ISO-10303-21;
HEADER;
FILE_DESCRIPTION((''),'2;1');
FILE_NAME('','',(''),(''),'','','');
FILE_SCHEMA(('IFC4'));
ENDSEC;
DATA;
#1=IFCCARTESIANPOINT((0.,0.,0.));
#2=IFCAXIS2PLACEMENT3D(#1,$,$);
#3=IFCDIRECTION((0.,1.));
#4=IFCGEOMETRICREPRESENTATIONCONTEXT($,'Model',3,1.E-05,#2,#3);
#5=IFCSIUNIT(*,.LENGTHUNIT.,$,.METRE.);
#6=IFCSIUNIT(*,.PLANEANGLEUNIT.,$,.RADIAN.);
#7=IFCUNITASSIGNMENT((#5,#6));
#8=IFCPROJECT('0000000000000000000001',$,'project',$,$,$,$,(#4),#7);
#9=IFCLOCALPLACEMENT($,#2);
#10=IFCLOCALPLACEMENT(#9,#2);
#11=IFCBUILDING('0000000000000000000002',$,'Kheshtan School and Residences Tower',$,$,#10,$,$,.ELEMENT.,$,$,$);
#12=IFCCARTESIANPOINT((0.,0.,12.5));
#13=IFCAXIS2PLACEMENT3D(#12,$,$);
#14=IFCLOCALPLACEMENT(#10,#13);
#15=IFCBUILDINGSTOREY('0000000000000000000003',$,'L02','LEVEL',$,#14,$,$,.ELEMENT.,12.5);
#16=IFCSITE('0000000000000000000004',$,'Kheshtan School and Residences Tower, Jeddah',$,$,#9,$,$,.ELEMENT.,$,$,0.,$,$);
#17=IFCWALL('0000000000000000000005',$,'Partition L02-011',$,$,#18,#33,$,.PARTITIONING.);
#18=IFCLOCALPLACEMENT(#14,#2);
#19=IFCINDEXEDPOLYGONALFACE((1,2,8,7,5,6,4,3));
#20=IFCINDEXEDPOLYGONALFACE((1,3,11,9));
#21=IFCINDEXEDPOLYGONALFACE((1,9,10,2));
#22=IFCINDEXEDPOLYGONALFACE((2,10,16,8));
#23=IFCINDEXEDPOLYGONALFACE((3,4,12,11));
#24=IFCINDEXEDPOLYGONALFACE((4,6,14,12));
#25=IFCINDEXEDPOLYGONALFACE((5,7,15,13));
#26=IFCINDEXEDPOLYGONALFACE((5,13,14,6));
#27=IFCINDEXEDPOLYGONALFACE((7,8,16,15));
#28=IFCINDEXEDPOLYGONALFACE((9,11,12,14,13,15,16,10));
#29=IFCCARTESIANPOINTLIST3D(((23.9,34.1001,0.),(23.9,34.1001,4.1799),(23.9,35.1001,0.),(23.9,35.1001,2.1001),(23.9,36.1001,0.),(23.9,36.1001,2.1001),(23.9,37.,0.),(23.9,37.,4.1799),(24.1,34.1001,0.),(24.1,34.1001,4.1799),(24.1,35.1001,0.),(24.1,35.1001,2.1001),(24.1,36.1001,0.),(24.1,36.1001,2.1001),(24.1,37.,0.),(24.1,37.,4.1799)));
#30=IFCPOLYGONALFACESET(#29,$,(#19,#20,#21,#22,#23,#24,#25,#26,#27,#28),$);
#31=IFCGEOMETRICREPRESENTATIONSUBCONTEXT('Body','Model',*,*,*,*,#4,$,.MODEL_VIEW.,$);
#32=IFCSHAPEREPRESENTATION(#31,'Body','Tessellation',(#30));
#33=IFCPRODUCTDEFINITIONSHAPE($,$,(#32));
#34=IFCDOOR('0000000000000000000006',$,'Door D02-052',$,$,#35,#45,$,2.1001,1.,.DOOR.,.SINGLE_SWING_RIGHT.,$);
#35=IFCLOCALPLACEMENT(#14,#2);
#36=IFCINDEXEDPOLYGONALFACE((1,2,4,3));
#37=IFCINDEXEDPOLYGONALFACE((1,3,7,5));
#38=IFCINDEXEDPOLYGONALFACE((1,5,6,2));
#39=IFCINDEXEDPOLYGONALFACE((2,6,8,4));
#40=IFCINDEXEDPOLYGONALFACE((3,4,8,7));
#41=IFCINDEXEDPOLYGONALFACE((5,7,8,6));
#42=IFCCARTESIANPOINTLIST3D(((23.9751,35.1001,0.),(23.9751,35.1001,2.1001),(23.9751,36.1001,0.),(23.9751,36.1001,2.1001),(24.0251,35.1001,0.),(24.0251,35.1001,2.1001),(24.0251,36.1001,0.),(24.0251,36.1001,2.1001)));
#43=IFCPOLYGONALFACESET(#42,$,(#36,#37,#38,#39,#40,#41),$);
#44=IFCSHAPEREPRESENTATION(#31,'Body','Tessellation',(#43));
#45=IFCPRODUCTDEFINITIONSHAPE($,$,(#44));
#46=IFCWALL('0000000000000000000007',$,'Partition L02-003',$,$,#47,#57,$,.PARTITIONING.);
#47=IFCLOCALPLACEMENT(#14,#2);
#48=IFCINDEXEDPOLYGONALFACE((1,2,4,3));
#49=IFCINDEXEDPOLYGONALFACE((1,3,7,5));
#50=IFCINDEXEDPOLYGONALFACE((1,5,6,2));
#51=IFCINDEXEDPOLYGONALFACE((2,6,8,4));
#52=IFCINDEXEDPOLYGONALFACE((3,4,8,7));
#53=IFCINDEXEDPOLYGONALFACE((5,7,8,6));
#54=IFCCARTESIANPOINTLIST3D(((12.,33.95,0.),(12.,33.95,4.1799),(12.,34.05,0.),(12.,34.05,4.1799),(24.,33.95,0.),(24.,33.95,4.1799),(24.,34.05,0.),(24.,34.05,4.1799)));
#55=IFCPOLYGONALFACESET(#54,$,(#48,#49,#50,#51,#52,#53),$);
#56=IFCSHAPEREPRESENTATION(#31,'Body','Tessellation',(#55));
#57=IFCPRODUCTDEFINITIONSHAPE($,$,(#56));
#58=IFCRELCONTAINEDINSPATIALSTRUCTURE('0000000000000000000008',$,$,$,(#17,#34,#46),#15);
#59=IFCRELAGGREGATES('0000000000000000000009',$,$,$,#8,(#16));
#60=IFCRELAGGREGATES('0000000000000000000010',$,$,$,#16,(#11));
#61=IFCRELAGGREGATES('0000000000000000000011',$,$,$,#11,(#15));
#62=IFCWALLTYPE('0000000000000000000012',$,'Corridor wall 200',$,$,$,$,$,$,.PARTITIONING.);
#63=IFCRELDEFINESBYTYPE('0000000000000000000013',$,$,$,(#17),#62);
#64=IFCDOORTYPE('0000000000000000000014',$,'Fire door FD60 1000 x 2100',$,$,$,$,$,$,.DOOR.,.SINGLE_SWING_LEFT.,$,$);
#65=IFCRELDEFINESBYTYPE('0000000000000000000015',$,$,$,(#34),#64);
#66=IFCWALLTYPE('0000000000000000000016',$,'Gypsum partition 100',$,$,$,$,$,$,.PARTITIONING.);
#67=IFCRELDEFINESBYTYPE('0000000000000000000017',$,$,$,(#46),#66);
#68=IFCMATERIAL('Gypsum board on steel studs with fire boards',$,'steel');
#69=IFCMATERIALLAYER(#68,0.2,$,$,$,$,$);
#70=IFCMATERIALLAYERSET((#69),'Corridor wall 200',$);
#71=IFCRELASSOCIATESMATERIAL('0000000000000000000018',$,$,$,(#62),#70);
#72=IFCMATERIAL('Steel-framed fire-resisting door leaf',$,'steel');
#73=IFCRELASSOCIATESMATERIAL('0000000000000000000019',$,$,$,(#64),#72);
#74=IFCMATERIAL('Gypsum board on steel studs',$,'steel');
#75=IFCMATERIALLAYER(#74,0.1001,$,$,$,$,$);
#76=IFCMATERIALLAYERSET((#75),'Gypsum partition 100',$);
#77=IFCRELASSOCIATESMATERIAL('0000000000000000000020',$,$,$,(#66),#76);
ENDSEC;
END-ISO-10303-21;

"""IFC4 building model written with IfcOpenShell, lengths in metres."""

from ifc_helpers import new_model, si_unit, direction, frame, frame_2d, origin, place, context, subcontext, project, spatial, rectangle, extrude, source, transform, mapped, material, layer, layer_set, type_object, element, fill, save


model = new_model("IFC4")

# Units and contexts
model_context = context("Model", 3, precision=1e-05, world=origin(), true_north=direction((0.0, 1.0)))
body_context = subcontext(model_context, "Body", "Model", "MODEL_VIEW")
ifc_project = project(units=[si_unit("LENGTHUNIT", "METRE"), si_unit("PLANEANGLEUNIT", "RADIAN")], contexts=[model_context])

# Site, building, storey
site_placement = place(None, origin())
site = spatial("IfcSite", under=ifc_project, at=site_placement, Name="Kheshtan School and Residences Tower, Jeddah", CompositionType="ELEMENT", RefElevation=0.0)
building_placement = place(site_placement, origin())
building = spatial("IfcBuilding", under=site, at=building_placement, Name="Kheshtan School and Residences Tower", CompositionType="ELEMENT")
storey_placement = place(building_placement, frame((0.0, 0.0, 12.5)))
storey = spatial("IfcBuildingStorey", under=building, at=storey_placement, Name="L02", Description="LEVEL", CompositionType="ELEMENT", Elevation=12.5)

# Shared definitions
ifc_material_1 = material(Name="Gypsum board on steel studs with fire boards", Category="steel")
ifc_layer_1 = layer(ifc_material_1, 0.2)
ifc_layer_set_1 = layer_set([ifc_layer_1], Name="Corridor wall 200")
wall_type_1 = type_object("IfcWallType", Name="Corridor wall 200", PredefinedType="PARTITIONING", material=ifc_layer_set_1)

# Wall, opening, door
wall_1_placement = place(storey_placement, frame((24.0, 34.1001, 0.0), z_axis=(0.0, 0.0, 1.0), x_axis=(0.0, 1.0, 0.0)))
wall_1 = element("IfcWall", 1, at=wall_1_placement, inside=storey, type_object=wall_type_1, Name="Partition L02-011", PredefinedType="PARTITIONING", context=body_context, shape_type="SweptSolid", body=[
    extrude(rectangle(XDim=2.8999, YDim=0.2, at=frame_2d((1.45, 0.0))), origin(), (0.0, 0.0, 1.0), 4.1799),
])
opening_placement = place(wall_1_placement, frame((1.0, 0.0, 0.0)))
opening = element("IfcOpeningElement", 2, at=opening_placement, cuts=wall_1, PredefinedType="OPENING", context=body_context, shape_type="SweptSolid", body=[
    extrude(rectangle(XDim=1.0, YDim=2.1001, at=frame_2d((0.5, 1.05))), frame((0.0, 0.1099, 0.0), z_axis=(0.0, -1.0, 0.0), x_axis=(1.0, 0.0, 0.0)), (0.0, 0.0, 1.0), 0.22),
])
ifc_material_2 = material(Name="Steel-framed fire-resisting door leaf", Category="steel")
door_type = type_object("IfcDoorType", Name="Fire door FD60 1000 x 2100", OperationType="SINGLE_SWING_LEFT", PredefinedType="DOOR", material=ifc_material_2)
shared_shape = source(origin(), body_context, "Body", "SweptSolid", [
    extrude(rectangle(XDim=1.0, YDim=2.1001, at=frame_2d((0.5, 1.05))), frame((0.0, 0.0249, 0.0), z_axis=(0.0, -1.0, 0.0), x_axis=(1.0, 0.0, 0.0)), (0.0, 0.0, 1.0), 0.05),
])
door_placement = place(opening_placement, origin())
door = element("IfcDoor", 3, at=door_placement, inside=storey, type_object=door_type, Name="Door D02-052", OperationType="SINGLE_SWING_RIGHT", OverallHeight=2.1001, OverallWidth=1.0, PredefinedType="DOOR", context=body_context, shape_type="MappedRepresentation", body=[
    mapped(shared_shape, transform((0.0, 0.0, 0.0), x_axis=(1.0, 0.0, 0.0), y_axis=(0.0, 1.0, 0.0), z_axis=(0.0, 0.0, 1.0), scale=1.0)),
])
fill(opening, door)

# Wall
ifc_material_3 = material(Name="Gypsum board on steel studs", Category="steel")
ifc_layer_2 = layer(ifc_material_3, 0.1001)
ifc_layer_set_2 = layer_set([ifc_layer_2], Name="Gypsum partition 100")
wall_type_2 = type_object("IfcWallType", Name="Gypsum partition 100", PredefinedType="PARTITIONING", material=ifc_layer_set_2)
wall_2_placement = place(storey_placement, frame((12.0, 34.0, 0.0), z_axis=(0.0, 0.0, 1.0), x_axis=(1.0, 0.0, 0.0)))
element("IfcWall", 4, at=wall_2_placement, inside=storey, type_object=wall_type_2, Name="Partition L02-003", PredefinedType="PARTITIONING", context=body_context, shape_type="SweptSolid", body=[
    extrude(rectangle(XDim=12.0, YDim=0.1001, at=frame_2d((6.0, 0.0))), origin(), (0.0, 0.0, 1.0), 4.1799),
])

save(model, "model.ifc")
